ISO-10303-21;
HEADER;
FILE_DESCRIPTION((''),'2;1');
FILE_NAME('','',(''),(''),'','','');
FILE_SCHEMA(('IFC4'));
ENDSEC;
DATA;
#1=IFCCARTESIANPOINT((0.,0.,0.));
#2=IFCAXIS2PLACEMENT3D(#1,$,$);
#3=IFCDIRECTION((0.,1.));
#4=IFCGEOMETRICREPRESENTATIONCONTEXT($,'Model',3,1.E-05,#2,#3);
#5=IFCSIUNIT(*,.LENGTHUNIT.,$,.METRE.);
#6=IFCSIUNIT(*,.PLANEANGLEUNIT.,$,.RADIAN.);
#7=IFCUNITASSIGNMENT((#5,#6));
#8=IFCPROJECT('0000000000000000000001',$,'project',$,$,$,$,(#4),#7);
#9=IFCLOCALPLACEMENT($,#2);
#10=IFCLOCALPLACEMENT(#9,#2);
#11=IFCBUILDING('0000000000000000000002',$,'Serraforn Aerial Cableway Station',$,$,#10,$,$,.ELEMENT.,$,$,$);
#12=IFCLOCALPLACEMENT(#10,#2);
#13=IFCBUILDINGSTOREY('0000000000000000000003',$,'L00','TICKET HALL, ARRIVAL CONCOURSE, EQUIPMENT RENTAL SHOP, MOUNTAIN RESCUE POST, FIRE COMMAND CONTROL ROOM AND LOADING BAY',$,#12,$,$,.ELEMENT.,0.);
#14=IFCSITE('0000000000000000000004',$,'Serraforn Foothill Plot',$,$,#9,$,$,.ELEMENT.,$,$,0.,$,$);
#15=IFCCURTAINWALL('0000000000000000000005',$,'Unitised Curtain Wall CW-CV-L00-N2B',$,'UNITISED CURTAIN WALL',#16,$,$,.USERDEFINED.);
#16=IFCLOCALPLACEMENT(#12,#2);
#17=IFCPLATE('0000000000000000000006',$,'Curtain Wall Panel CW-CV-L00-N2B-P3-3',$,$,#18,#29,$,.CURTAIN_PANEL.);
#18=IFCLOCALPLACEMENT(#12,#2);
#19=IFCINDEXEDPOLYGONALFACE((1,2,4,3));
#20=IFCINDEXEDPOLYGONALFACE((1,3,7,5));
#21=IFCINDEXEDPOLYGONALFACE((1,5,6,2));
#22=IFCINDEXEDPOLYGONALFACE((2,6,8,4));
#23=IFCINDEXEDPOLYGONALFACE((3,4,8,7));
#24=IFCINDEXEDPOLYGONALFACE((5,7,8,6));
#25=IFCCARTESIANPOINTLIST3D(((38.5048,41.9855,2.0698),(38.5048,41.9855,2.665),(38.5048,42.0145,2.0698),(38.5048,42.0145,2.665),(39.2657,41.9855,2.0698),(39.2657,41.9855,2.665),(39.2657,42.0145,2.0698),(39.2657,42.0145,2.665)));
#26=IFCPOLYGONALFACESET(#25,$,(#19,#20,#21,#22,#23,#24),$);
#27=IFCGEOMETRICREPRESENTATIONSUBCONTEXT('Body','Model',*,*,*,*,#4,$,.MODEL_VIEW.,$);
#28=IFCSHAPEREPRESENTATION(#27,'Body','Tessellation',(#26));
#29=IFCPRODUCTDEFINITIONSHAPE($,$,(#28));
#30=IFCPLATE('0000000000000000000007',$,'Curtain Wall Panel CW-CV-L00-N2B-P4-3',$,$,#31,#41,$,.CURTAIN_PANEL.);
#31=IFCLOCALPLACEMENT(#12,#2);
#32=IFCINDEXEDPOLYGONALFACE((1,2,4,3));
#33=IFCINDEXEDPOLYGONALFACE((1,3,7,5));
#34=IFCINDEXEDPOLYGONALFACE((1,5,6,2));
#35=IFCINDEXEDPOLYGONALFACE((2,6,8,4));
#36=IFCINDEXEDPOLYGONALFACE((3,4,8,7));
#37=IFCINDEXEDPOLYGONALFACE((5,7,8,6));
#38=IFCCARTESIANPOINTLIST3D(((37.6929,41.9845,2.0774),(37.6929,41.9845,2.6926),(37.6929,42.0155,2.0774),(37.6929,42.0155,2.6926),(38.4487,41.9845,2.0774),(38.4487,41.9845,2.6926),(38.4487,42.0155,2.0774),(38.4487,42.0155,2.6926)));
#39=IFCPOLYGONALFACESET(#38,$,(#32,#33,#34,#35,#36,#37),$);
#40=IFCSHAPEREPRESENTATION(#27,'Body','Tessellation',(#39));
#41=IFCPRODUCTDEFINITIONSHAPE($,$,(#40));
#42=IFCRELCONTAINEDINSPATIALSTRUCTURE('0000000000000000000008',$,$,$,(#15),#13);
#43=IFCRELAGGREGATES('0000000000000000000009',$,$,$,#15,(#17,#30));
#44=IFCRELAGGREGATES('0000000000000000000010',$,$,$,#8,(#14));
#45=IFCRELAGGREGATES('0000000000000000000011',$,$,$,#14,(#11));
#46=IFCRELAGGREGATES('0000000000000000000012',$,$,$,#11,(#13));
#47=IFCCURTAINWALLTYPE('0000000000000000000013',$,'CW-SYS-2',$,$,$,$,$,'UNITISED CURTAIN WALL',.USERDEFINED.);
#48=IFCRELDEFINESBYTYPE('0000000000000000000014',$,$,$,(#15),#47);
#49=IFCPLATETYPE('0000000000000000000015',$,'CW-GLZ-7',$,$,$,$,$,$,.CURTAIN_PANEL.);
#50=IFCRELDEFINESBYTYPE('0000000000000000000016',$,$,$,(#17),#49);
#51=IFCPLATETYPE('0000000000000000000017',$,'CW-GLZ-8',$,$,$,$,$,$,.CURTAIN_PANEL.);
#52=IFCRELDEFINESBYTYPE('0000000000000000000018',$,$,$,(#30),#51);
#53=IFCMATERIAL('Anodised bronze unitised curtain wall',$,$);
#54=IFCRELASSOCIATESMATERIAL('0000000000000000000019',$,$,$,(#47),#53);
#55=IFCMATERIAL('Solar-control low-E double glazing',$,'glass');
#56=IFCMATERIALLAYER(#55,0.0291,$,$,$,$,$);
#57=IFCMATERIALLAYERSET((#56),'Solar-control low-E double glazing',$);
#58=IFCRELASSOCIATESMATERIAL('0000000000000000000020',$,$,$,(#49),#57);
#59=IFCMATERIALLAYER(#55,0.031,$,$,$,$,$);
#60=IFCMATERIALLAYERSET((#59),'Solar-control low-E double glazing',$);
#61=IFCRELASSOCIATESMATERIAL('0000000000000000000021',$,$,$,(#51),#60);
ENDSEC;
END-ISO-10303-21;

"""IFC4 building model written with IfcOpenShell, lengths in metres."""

from ifc_helpers import new_model, si_unit, direction, frame, origin, origin_2d, place, context, subcontext, project, spatial, rectangle, extrude, material, layer, layer_set, type_object, element, aggregate, save


model = new_model("IFC4")

# Units and contexts
model_context = context("Model", 3, precision=1e-05, world=origin(), true_north=direction((0.0, 1.0)))
body_context = subcontext(model_context, "Body", "Model", "MODEL_VIEW")
ifc_project = project(units=[si_unit("LENGTHUNIT", "METRE"), si_unit("PLANEANGLEUNIT", "RADIAN")], contexts=[model_context])

# Site, building, storey
site_placement = place(None, origin())
site = spatial("IfcSite", under=ifc_project, at=site_placement, Name="Serraforn Foothill Plot", CompositionType="ELEMENT", RefElevation=0.0)
building_placement = place(site_placement, origin())
building = spatial("IfcBuilding", under=site, at=building_placement, Name="Serraforn Aerial Cableway Station", CompositionType="ELEMENT")
storey_placement = place(building_placement, origin())
storey = spatial("IfcBuildingStorey", under=building, at=storey_placement, Name="L00", Description="TICKET HALL, ARRIVAL CONCOURSE, EQUIPMENT RENTAL SHOP, MOUNTAIN RESCUE POST, FIRE COMMAND CONTROL ROOM AND LOADING BAY", CompositionType="ELEMENT", Elevation=0.0)

# Curtain wall, plates
ifc_material_1 = material(Name="Anodised bronze unitised curtain wall")
curtain_wall_type = type_object("IfcCurtainWallType", Name="CW-SYS-2", ElementType="UNITISED CURTAIN WALL", PredefinedType="USERDEFINED", material=ifc_material_1)
curtain_wall_placement = place(storey_placement, origin())
curtain_wall = element("IfcCurtainWall", 1, at=curtain_wall_placement, inside=storey, type_object=curtain_wall_type, Name="Unitised Curtain Wall CW-CV-L00-N2B", ObjectType="UNITISED CURTAIN WALL", PredefinedType="USERDEFINED")
ifc_material_2 = material(Name="Solar-control low-E double glazing", Category="glass")
ifc_layer_1 = layer(ifc_material_2, 0.0291)
ifc_layer_set_1 = layer_set([ifc_layer_1], Name="Solar-control low-E double glazing")
plate_type_1 = type_object("IfcPlateType", Name="CW-GLZ-7", PredefinedType="CURTAIN_PANEL", material=ifc_layer_set_1)
plate_1_placement = place(storey_placement, frame((38.8853, 42.0, 2.0698), z_axis=(0.0, 0.0, 1.0), x_axis=(1.0, 0.0, 0.0)))
plate_1 = element("IfcPlate", 2, at=plate_1_placement, type_object=plate_type_1, Name="Curtain Wall Panel CW-CV-L00-N2B-P3-3", PredefinedType="CURTAIN_PANEL", context=body_context, shape_type="SweptSolid", body=[
    extrude(rectangle(XDim=0.761, YDim=0.0291, at=origin_2d()), origin(), (0.0, 0.0, 1.0), 0.5952),
])
ifc_layer_2 = layer(ifc_material_2, 0.031)
ifc_layer_set_2 = layer_set([ifc_layer_2], Name="Solar-control low-E double glazing")
plate_type_2 = type_object("IfcPlateType", Name="CW-GLZ-8", PredefinedType="CURTAIN_PANEL", material=ifc_layer_set_2)
plate_2_placement = place(storey_placement, frame((38.0708, 42.0, 2.0774), z_axis=(0.0, 0.0, 1.0), x_axis=(1.0, 0.0, 0.0)))
plate_2 = element("IfcPlate", 3, at=plate_2_placement, type_object=plate_type_2, Name="Curtain Wall Panel CW-CV-L00-N2B-P4-3", PredefinedType="CURTAIN_PANEL", context=body_context, shape_type="SweptSolid", body=[
    extrude(rectangle(XDim=0.7559, YDim=0.031, at=origin_2d()), origin(), (0.0, 0.0, 1.0), 0.6152),
])
aggregate(curtain_wall, [plate_1, plate_2])

save(model, "model.ifc")
